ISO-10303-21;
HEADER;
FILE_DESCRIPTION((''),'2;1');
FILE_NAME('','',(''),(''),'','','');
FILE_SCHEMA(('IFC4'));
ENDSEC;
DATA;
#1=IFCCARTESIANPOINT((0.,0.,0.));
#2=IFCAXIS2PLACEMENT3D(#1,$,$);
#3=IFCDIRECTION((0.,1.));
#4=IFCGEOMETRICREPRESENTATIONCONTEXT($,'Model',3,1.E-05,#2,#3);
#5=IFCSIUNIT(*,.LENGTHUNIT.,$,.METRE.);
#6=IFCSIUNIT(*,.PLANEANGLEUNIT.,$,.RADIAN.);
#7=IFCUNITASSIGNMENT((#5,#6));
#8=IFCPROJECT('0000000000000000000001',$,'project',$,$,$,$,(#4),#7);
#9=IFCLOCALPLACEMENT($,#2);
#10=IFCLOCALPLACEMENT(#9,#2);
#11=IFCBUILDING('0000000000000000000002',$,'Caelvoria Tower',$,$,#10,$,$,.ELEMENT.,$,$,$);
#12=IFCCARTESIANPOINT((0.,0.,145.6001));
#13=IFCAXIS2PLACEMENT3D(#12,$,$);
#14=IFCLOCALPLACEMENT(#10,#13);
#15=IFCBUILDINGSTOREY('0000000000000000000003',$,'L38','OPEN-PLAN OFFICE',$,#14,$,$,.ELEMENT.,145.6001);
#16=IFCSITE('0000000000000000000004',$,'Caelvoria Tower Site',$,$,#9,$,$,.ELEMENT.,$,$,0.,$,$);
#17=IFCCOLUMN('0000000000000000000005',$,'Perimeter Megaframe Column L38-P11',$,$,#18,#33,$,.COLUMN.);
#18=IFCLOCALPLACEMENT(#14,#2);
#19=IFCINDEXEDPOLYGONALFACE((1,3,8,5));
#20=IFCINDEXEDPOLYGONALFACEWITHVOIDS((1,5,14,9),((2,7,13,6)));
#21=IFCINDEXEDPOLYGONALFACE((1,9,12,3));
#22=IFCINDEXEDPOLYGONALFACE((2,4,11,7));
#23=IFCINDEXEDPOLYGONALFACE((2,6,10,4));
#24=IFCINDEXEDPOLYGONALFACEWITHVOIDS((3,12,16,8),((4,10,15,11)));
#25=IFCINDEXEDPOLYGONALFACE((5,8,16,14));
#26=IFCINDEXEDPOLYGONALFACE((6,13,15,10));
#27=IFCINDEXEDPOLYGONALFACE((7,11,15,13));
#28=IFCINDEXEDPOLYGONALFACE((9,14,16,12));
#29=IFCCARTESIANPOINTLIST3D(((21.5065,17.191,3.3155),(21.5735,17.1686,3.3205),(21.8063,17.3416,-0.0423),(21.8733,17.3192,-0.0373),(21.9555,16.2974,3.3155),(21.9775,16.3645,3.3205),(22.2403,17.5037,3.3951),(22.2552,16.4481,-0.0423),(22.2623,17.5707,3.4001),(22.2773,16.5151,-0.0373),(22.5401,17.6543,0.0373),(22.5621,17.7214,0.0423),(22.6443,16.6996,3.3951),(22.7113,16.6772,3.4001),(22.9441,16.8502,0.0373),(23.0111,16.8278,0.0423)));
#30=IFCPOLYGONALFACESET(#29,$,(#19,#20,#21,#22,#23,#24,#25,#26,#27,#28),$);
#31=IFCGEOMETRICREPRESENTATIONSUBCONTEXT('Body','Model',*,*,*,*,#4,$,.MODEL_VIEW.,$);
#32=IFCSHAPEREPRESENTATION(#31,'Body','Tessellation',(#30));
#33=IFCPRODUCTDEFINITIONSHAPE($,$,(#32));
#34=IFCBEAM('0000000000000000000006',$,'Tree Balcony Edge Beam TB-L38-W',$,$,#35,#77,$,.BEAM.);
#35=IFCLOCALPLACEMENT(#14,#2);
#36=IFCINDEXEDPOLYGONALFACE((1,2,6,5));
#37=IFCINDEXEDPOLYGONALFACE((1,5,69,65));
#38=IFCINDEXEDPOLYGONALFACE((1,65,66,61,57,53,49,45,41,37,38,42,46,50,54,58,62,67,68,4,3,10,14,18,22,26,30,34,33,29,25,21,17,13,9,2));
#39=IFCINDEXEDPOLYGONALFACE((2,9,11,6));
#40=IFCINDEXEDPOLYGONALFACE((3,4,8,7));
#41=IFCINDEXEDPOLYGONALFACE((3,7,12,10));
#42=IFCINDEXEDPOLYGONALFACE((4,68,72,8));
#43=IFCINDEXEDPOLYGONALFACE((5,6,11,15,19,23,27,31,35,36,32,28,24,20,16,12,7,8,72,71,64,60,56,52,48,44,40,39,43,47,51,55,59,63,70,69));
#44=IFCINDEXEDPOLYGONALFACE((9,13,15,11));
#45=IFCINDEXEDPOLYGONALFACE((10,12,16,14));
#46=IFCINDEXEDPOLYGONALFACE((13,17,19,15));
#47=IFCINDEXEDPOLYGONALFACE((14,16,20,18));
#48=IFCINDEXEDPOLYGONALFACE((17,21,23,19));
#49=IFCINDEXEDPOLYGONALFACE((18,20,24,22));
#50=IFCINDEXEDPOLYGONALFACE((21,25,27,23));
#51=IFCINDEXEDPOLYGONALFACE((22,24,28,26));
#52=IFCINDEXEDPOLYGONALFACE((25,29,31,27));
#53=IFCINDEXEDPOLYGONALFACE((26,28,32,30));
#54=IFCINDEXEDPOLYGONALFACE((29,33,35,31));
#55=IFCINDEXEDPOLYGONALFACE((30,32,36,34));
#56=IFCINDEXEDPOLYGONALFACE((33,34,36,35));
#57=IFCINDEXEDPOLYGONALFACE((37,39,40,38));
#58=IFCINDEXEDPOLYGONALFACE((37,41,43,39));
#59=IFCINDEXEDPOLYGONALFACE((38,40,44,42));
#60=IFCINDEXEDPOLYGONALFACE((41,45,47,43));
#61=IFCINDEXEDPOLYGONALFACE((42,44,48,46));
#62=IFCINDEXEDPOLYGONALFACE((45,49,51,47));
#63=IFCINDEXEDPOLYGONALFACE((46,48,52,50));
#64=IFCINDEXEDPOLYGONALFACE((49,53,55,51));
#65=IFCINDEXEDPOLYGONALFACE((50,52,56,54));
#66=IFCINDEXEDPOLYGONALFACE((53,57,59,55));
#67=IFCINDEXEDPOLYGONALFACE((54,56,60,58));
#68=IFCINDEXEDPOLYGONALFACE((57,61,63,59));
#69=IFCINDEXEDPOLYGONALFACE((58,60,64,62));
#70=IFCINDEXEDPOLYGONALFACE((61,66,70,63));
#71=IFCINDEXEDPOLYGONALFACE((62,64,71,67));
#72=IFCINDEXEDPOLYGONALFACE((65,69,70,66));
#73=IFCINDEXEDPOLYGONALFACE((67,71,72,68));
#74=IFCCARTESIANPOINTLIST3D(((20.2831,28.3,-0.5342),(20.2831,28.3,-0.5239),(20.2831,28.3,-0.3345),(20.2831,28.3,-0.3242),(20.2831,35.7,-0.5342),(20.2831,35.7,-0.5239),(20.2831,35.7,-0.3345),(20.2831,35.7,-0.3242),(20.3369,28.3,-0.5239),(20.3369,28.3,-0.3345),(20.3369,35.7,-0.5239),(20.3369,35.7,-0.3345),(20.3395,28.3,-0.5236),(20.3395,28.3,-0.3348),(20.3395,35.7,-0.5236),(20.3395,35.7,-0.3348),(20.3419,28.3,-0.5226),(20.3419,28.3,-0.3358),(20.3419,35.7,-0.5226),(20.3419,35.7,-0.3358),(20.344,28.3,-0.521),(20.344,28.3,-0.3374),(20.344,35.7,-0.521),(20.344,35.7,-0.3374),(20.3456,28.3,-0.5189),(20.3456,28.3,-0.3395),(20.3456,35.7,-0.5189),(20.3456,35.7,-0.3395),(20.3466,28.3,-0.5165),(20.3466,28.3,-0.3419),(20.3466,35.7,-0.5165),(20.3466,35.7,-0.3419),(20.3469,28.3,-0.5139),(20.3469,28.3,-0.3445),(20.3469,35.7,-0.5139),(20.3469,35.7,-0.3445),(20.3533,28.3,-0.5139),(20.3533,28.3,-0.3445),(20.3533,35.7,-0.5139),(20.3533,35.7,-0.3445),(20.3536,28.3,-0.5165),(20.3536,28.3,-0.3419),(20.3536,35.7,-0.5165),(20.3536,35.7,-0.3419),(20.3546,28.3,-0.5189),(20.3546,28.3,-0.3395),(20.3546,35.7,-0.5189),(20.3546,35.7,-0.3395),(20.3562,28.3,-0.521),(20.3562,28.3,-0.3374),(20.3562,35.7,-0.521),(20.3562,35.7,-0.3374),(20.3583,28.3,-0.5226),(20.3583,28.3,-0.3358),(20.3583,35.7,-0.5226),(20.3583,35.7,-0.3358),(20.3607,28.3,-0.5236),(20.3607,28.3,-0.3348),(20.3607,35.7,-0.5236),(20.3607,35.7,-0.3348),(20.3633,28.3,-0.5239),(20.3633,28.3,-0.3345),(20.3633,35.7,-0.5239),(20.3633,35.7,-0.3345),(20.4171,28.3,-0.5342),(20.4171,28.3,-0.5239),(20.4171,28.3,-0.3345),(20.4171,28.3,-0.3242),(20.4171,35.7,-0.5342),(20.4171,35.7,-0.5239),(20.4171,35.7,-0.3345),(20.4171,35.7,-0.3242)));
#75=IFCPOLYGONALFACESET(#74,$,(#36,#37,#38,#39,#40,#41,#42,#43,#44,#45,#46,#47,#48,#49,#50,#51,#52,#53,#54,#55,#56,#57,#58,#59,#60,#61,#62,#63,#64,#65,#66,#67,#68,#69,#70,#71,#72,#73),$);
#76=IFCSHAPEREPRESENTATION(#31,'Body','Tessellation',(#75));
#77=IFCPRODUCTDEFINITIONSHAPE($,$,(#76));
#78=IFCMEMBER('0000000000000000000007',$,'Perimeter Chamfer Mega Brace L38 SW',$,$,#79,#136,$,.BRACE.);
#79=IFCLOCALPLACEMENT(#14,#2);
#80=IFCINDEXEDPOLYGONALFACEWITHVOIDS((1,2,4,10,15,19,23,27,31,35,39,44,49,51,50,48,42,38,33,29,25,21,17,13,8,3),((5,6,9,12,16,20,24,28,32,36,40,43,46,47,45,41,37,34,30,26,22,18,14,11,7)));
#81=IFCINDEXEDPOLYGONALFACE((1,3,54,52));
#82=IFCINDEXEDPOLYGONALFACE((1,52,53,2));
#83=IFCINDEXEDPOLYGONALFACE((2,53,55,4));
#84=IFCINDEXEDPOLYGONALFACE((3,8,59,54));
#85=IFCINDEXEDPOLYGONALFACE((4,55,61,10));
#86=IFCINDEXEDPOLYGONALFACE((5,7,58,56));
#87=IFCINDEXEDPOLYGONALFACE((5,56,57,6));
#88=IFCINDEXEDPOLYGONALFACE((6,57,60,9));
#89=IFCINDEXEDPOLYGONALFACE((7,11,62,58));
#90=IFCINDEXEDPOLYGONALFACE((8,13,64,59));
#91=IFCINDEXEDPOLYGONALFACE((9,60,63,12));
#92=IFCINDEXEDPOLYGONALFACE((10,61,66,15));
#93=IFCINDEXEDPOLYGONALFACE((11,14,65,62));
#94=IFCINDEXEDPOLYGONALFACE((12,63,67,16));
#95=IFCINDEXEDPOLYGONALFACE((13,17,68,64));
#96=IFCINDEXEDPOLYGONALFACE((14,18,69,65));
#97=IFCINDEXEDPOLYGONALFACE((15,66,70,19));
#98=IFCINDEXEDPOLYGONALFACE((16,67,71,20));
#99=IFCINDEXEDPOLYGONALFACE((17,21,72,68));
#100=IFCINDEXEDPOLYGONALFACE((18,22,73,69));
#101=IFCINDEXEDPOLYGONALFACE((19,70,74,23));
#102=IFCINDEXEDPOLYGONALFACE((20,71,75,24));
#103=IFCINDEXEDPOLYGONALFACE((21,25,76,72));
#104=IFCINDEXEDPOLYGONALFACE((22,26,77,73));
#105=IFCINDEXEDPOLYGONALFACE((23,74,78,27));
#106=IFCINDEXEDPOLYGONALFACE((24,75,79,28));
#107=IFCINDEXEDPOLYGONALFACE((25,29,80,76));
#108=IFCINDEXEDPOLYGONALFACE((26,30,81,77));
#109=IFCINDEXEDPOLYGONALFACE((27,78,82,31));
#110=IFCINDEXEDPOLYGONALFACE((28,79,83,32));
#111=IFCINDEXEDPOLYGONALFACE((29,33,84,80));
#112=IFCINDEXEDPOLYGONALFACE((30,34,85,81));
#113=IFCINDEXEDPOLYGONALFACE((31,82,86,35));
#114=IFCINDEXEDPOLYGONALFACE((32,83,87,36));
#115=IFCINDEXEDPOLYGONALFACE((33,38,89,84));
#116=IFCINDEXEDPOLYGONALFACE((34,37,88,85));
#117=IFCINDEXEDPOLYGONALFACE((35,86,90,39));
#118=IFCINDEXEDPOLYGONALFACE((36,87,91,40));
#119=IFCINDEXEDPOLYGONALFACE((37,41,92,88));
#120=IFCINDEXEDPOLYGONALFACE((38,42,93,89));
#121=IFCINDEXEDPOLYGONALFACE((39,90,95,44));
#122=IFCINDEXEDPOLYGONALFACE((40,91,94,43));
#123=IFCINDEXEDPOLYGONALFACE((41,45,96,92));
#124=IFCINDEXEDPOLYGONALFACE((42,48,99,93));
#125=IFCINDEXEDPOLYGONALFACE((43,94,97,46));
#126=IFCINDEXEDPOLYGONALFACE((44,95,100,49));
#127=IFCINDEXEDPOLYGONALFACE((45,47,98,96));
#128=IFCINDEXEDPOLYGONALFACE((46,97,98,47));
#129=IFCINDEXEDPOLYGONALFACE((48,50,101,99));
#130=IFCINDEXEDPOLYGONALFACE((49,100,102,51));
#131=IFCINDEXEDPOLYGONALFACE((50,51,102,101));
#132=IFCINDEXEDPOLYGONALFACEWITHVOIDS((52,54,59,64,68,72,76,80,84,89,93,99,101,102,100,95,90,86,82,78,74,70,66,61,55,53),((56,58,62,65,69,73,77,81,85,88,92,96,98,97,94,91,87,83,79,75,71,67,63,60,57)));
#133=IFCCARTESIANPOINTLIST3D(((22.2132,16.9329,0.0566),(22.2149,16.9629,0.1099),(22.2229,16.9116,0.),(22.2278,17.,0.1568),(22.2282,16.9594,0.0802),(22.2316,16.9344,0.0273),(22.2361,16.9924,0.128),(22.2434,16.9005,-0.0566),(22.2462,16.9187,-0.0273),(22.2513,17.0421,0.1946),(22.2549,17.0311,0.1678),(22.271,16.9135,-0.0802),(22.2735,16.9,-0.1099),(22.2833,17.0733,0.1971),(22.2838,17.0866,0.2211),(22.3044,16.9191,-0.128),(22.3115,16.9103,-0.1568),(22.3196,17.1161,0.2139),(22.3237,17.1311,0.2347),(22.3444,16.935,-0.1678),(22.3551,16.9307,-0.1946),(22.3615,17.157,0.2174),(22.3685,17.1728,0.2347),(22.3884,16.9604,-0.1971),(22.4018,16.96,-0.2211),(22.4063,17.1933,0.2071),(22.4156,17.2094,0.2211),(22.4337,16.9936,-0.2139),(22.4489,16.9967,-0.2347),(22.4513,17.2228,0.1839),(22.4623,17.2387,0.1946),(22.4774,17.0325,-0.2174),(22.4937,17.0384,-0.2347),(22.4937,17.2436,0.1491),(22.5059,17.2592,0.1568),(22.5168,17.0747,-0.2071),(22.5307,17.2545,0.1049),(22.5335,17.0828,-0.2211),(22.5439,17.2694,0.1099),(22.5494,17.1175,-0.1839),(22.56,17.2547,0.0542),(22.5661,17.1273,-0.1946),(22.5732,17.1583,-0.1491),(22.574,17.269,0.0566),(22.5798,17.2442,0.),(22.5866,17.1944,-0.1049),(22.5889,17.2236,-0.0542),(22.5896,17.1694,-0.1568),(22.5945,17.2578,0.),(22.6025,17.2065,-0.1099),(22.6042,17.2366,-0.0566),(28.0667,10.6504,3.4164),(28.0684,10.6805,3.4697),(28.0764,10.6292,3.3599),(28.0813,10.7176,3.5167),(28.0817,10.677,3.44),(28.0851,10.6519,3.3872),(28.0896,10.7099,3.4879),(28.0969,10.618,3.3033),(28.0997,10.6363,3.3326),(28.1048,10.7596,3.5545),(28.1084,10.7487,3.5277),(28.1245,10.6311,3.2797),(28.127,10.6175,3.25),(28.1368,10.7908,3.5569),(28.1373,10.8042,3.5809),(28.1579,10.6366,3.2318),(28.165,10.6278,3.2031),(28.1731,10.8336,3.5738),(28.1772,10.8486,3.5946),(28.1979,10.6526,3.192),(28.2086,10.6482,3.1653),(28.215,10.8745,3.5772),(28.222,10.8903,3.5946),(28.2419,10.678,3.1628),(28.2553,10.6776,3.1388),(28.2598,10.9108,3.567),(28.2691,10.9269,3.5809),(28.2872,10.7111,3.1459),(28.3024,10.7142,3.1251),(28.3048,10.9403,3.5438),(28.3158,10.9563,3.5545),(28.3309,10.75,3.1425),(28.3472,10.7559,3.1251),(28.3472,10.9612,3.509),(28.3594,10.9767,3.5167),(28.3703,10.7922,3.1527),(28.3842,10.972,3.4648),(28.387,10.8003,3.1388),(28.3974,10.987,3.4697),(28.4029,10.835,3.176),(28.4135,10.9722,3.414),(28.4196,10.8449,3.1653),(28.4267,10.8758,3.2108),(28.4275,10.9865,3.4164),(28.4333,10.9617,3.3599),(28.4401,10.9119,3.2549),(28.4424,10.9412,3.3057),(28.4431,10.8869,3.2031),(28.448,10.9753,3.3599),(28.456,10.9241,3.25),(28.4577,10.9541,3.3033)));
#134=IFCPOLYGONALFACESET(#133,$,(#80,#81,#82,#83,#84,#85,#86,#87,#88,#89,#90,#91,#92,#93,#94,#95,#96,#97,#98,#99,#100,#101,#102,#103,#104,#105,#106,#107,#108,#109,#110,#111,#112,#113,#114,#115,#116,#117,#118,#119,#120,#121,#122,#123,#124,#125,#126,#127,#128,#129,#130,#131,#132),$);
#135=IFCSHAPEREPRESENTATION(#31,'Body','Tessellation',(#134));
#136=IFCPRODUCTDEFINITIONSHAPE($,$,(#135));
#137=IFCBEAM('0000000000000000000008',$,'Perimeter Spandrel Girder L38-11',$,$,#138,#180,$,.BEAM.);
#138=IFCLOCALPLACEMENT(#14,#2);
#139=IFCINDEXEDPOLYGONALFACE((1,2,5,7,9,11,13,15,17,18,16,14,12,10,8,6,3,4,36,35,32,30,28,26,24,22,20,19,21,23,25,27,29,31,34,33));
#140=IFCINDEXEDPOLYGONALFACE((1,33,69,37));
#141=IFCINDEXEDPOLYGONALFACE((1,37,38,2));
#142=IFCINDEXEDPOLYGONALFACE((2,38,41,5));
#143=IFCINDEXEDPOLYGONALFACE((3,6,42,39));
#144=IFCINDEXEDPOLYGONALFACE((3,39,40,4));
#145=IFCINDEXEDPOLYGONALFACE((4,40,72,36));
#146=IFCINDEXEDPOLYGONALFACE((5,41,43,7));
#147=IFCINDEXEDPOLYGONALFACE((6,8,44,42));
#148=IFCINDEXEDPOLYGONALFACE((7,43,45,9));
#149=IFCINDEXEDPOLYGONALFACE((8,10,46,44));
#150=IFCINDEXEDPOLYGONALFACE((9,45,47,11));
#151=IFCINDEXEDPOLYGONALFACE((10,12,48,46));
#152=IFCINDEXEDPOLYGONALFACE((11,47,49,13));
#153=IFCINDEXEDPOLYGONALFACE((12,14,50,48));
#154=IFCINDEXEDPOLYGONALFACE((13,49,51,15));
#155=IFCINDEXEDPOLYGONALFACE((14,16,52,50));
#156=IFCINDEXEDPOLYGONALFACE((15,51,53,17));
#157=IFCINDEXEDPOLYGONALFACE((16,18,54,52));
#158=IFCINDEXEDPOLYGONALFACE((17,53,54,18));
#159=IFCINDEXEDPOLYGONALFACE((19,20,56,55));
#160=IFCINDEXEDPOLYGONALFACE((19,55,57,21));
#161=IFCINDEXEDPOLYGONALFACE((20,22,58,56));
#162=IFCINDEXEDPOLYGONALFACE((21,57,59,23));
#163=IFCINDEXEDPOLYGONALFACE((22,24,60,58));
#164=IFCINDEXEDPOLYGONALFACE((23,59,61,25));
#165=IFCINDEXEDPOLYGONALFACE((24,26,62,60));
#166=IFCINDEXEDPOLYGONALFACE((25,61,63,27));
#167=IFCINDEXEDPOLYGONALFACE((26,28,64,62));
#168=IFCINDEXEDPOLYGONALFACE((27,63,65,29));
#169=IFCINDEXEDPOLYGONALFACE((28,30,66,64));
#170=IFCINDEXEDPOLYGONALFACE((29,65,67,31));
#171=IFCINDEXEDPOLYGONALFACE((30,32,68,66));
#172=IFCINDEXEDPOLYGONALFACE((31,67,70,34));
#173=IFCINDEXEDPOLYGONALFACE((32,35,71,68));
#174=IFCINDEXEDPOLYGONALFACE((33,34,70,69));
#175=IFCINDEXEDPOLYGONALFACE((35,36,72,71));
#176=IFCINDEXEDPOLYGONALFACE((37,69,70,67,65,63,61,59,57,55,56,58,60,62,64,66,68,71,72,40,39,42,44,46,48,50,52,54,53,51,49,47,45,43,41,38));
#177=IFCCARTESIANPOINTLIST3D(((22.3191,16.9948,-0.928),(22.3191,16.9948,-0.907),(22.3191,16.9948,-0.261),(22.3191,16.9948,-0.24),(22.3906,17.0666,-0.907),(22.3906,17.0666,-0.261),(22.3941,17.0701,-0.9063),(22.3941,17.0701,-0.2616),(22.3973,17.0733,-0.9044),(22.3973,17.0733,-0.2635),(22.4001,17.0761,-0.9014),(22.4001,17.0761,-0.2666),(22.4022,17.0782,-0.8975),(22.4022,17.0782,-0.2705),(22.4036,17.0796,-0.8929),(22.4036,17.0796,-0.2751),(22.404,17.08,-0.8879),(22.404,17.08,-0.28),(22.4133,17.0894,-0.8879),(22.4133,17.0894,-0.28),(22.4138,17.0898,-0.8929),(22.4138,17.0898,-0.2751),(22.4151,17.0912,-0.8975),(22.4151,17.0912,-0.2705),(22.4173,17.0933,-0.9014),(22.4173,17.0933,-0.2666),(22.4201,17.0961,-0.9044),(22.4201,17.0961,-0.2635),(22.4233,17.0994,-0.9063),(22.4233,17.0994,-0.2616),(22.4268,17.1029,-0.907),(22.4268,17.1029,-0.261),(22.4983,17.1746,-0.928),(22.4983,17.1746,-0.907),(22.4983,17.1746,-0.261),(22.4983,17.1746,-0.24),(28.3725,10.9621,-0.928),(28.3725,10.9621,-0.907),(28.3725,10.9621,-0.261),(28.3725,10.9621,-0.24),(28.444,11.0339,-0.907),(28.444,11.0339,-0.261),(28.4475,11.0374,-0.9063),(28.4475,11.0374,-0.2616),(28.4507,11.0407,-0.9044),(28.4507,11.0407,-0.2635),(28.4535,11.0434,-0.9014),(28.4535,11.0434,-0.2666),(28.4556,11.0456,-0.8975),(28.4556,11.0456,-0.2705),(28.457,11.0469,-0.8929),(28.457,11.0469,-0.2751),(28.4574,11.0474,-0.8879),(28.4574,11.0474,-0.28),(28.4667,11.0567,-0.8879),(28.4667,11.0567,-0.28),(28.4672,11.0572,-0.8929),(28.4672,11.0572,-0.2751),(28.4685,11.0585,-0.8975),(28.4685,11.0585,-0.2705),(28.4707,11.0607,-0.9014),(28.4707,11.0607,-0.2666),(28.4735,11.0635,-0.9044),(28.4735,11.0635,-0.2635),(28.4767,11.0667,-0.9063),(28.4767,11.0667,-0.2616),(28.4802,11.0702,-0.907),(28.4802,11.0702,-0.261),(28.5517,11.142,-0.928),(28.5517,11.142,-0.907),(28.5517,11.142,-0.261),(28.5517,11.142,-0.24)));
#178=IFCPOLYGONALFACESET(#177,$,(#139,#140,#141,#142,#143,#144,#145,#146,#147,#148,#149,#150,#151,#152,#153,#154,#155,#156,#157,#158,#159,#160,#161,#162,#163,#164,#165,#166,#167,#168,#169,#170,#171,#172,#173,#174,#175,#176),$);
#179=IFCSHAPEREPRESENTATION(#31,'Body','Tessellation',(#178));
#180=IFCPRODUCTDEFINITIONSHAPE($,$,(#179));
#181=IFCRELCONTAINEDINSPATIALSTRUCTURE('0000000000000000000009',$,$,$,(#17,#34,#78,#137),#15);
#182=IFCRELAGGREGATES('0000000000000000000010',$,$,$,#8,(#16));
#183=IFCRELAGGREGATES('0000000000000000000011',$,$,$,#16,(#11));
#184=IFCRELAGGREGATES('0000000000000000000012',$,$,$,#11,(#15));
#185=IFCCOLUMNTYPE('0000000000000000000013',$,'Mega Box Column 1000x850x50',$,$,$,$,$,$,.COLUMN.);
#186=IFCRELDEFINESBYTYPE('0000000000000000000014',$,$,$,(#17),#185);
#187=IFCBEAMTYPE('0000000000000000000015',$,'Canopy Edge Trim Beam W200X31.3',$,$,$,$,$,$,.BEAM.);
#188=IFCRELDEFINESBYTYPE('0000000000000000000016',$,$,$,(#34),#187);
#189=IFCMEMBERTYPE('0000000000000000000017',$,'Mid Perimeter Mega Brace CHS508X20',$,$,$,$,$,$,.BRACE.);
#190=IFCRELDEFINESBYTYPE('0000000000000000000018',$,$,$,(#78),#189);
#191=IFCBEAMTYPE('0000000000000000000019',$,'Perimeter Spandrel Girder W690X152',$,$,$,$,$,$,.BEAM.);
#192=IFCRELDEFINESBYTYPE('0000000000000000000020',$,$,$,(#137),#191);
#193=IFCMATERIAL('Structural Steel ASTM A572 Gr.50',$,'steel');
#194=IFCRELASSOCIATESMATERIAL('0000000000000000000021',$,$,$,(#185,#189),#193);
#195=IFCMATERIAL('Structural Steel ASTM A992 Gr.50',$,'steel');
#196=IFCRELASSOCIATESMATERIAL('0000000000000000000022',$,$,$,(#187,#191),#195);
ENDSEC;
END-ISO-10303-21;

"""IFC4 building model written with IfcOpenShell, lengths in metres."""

from ifc_helpers import new_model, si_unit, direction, frame, origin, origin_2d, place, context, subcontext, project, spatial, hollow_rectangle, hollow_circle, i_section, extrude, material, material_profile, profile_set, type_object, element, save


model = new_model("IFC4")

# Units and contexts
model_context = context("Model", 3, precision=1e-05, world=origin(), true_north=direction((0.0, 1.0)))
body_context = subcontext(model_context, "Body", "Model", "MODEL_VIEW")
ifc_project = project(units=[si_unit("LENGTHUNIT", "METRE"), si_unit("PLANEANGLEUNIT", "RADIAN")], contexts=[model_context])

# Site, building, storey
site_placement = place(None, origin())
site = spatial("IfcSite", under=ifc_project, at=site_placement, Name="Caelvoria Tower Site", CompositionType="ELEMENT", RefElevation=0.0)
building_placement = place(site_placement, origin())
building = spatial("IfcBuilding", under=site, at=building_placement, Name="Caelvoria Tower", CompositionType="ELEMENT")
storey_placement = place(building_placement, frame((0.0, 0.0, 145.6001)))
storey = spatial("IfcBuildingStorey", under=building, at=storey_placement, Name="L38", Description="OPEN-PLAN OFFICE", CompositionType="ELEMENT", Elevation=145.6001)

# Column
ifc_material_1 = material(Name="Structural Steel ASTM A572 Gr.50", Category="steel")
ifc_material_profile_1 = material_profile(ifc_material_1, hollow_rectangle(XDim=0.8501, YDim=1.0, WallThickness=0.05, at=origin_2d()), Name="Structural Steel ASTM A572 Gr.50")
ifc_profile_set_1 = profile_set([ifc_material_profile_1], Name="BOX1000X850X50 - Structural Steel ASTM A572 Gr.50")
column_type = type_object("IfcColumnType", Name="Mega Box Column 1000x850x50", PredefinedType="COLUMN", material=ifc_profile_set_1)
column_placement = place(storey_placement, frame((22.4087, 17.0847, 0.0), z_axis=(-0.088841, -0.044637, 0.995045), x_axis=(0.889125, 0.446735, 0.099424)))
element("IfcColumn", 1, at=column_placement, inside=storey, type_object=column_type, Name="Perimeter Megaframe Column L38-P11", PredefinedType="COLUMN", context=body_context, shape_type="SweptSolid", body=[
    extrude(hollow_rectangle(XDim=0.8501, YDim=1.0, WallThickness=0.05, at=origin_2d()), origin(), (0.0, 0.0, 1.0), 3.3745),
])

# Beam
ifc_material_2 = material(Name="Structural Steel ASTM A992 Gr.50", Category="steel")
ifc_material_profile_2 = material_profile(ifc_material_2, i_section(OverallWidth=0.134, OverallDepth=0.21, WebThickness=0.0063, FlangeThickness=0.0103, FilletRadius=0.01, at=origin_2d()), Name="Structural Steel ASTM A992 Gr.50")
ifc_profile_set_2 = profile_set([ifc_material_profile_2], Name="W200X31.3 - Structural Steel ASTM A992 Gr.50")
beam_type_1 = type_object("IfcBeamType", Name="Canopy Edge Trim Beam W200X31.3", PredefinedType="BEAM", material=ifc_profile_set_2)
beam_1_placement = place(storey_placement, frame((20.3501, 28.3, -0.4292), z_axis=(0.0, 1.0, 0.0), x_axis=(-1.0, 0.0, 0.0)))
element("IfcBeam", 2, at=beam_1_placement, inside=storey, type_object=beam_type_1, Name="Tree Balcony Edge Beam TB-L38-W", PredefinedType="BEAM", context=body_context, shape_type="SweptSolid", body=[
    extrude(i_section(OverallWidth=0.134, OverallDepth=0.21, WebThickness=0.0063, FlangeThickness=0.0103, FilletRadius=0.01, at=origin_2d()), origin(), (0.0, 0.0, 1.0), 7.3999),
])

# Member
ifc_material_profile_3 = material_profile(ifc_material_1, hollow_circle(Radius=0.2539, WallThickness=0.02, at=origin_2d()), Name="Structural Steel ASTM A572 Gr.50")
ifc_profile_set_3 = profile_set([ifc_material_profile_3], Name="CHS508X20 - Structural Steel ASTM A572 Gr.50")
member_type = type_object("IfcMemberType", Name="Mid Perimeter Mega Brace CHS508X20", PredefinedType="BRACE", material=ifc_profile_set_3)
member_placement = place(storey_placement, frame((22.4087, 17.0847, 0.0), z_axis=(0.634822, -0.681342, 0.364382), x_axis=(0.731643, 0.681688, 0.0)))
element("IfcMember", 3, at=member_placement, inside=storey, type_object=member_type, Name="Perimeter Chamfer Mega Brace L38 SW", PredefinedType="BRACE", context=body_context, shape_type="SweptSolid", body=[
    extrude(hollow_circle(Radius=0.2539, WallThickness=0.02, at=origin_2d()), origin(), (0.0, 0.0, 1.0), 9.2207),
])

# Beam
ifc_material_profile_4 = material_profile(ifc_material_2, i_section(OverallWidth=0.2539, OverallDepth=0.688, WebThickness=0.0132, FlangeThickness=0.021, FilletRadius=0.019, at=origin_2d()), Name="Structural Steel ASTM A992 Gr.50")
ifc_profile_set_4 = profile_set([ifc_material_profile_4], Name="W690X152 - Structural Steel ASTM A992 Gr.50")
beam_type_2 = type_object("IfcBeamType", Name="Perimeter Spandrel Girder W690X152", PredefinedType="BEAM", material=ifc_profile_set_4)
beam_2_placement = place(storey_placement, frame((22.4087, 17.0847, -0.584), z_axis=(0.70832, -0.705892, 0.0), x_axis=(0.705892, 0.70832, 0.0)))
element("IfcBeam", 4, at=beam_2_placement, inside=storey, type_object=beam_type_2, Name="Perimeter Spandrel Girder L38-11", PredefinedType="BEAM", context=body_context, shape_type="SweptSolid", body=[
    extrude(i_section(OverallWidth=0.2539, OverallDepth=0.688, WebThickness=0.0132, FlangeThickness=0.021, FilletRadius=0.019, at=origin_2d()), origin(), (0.0, 0.0, 1.0), 8.5461),
])

save(model, "model.ifc")
